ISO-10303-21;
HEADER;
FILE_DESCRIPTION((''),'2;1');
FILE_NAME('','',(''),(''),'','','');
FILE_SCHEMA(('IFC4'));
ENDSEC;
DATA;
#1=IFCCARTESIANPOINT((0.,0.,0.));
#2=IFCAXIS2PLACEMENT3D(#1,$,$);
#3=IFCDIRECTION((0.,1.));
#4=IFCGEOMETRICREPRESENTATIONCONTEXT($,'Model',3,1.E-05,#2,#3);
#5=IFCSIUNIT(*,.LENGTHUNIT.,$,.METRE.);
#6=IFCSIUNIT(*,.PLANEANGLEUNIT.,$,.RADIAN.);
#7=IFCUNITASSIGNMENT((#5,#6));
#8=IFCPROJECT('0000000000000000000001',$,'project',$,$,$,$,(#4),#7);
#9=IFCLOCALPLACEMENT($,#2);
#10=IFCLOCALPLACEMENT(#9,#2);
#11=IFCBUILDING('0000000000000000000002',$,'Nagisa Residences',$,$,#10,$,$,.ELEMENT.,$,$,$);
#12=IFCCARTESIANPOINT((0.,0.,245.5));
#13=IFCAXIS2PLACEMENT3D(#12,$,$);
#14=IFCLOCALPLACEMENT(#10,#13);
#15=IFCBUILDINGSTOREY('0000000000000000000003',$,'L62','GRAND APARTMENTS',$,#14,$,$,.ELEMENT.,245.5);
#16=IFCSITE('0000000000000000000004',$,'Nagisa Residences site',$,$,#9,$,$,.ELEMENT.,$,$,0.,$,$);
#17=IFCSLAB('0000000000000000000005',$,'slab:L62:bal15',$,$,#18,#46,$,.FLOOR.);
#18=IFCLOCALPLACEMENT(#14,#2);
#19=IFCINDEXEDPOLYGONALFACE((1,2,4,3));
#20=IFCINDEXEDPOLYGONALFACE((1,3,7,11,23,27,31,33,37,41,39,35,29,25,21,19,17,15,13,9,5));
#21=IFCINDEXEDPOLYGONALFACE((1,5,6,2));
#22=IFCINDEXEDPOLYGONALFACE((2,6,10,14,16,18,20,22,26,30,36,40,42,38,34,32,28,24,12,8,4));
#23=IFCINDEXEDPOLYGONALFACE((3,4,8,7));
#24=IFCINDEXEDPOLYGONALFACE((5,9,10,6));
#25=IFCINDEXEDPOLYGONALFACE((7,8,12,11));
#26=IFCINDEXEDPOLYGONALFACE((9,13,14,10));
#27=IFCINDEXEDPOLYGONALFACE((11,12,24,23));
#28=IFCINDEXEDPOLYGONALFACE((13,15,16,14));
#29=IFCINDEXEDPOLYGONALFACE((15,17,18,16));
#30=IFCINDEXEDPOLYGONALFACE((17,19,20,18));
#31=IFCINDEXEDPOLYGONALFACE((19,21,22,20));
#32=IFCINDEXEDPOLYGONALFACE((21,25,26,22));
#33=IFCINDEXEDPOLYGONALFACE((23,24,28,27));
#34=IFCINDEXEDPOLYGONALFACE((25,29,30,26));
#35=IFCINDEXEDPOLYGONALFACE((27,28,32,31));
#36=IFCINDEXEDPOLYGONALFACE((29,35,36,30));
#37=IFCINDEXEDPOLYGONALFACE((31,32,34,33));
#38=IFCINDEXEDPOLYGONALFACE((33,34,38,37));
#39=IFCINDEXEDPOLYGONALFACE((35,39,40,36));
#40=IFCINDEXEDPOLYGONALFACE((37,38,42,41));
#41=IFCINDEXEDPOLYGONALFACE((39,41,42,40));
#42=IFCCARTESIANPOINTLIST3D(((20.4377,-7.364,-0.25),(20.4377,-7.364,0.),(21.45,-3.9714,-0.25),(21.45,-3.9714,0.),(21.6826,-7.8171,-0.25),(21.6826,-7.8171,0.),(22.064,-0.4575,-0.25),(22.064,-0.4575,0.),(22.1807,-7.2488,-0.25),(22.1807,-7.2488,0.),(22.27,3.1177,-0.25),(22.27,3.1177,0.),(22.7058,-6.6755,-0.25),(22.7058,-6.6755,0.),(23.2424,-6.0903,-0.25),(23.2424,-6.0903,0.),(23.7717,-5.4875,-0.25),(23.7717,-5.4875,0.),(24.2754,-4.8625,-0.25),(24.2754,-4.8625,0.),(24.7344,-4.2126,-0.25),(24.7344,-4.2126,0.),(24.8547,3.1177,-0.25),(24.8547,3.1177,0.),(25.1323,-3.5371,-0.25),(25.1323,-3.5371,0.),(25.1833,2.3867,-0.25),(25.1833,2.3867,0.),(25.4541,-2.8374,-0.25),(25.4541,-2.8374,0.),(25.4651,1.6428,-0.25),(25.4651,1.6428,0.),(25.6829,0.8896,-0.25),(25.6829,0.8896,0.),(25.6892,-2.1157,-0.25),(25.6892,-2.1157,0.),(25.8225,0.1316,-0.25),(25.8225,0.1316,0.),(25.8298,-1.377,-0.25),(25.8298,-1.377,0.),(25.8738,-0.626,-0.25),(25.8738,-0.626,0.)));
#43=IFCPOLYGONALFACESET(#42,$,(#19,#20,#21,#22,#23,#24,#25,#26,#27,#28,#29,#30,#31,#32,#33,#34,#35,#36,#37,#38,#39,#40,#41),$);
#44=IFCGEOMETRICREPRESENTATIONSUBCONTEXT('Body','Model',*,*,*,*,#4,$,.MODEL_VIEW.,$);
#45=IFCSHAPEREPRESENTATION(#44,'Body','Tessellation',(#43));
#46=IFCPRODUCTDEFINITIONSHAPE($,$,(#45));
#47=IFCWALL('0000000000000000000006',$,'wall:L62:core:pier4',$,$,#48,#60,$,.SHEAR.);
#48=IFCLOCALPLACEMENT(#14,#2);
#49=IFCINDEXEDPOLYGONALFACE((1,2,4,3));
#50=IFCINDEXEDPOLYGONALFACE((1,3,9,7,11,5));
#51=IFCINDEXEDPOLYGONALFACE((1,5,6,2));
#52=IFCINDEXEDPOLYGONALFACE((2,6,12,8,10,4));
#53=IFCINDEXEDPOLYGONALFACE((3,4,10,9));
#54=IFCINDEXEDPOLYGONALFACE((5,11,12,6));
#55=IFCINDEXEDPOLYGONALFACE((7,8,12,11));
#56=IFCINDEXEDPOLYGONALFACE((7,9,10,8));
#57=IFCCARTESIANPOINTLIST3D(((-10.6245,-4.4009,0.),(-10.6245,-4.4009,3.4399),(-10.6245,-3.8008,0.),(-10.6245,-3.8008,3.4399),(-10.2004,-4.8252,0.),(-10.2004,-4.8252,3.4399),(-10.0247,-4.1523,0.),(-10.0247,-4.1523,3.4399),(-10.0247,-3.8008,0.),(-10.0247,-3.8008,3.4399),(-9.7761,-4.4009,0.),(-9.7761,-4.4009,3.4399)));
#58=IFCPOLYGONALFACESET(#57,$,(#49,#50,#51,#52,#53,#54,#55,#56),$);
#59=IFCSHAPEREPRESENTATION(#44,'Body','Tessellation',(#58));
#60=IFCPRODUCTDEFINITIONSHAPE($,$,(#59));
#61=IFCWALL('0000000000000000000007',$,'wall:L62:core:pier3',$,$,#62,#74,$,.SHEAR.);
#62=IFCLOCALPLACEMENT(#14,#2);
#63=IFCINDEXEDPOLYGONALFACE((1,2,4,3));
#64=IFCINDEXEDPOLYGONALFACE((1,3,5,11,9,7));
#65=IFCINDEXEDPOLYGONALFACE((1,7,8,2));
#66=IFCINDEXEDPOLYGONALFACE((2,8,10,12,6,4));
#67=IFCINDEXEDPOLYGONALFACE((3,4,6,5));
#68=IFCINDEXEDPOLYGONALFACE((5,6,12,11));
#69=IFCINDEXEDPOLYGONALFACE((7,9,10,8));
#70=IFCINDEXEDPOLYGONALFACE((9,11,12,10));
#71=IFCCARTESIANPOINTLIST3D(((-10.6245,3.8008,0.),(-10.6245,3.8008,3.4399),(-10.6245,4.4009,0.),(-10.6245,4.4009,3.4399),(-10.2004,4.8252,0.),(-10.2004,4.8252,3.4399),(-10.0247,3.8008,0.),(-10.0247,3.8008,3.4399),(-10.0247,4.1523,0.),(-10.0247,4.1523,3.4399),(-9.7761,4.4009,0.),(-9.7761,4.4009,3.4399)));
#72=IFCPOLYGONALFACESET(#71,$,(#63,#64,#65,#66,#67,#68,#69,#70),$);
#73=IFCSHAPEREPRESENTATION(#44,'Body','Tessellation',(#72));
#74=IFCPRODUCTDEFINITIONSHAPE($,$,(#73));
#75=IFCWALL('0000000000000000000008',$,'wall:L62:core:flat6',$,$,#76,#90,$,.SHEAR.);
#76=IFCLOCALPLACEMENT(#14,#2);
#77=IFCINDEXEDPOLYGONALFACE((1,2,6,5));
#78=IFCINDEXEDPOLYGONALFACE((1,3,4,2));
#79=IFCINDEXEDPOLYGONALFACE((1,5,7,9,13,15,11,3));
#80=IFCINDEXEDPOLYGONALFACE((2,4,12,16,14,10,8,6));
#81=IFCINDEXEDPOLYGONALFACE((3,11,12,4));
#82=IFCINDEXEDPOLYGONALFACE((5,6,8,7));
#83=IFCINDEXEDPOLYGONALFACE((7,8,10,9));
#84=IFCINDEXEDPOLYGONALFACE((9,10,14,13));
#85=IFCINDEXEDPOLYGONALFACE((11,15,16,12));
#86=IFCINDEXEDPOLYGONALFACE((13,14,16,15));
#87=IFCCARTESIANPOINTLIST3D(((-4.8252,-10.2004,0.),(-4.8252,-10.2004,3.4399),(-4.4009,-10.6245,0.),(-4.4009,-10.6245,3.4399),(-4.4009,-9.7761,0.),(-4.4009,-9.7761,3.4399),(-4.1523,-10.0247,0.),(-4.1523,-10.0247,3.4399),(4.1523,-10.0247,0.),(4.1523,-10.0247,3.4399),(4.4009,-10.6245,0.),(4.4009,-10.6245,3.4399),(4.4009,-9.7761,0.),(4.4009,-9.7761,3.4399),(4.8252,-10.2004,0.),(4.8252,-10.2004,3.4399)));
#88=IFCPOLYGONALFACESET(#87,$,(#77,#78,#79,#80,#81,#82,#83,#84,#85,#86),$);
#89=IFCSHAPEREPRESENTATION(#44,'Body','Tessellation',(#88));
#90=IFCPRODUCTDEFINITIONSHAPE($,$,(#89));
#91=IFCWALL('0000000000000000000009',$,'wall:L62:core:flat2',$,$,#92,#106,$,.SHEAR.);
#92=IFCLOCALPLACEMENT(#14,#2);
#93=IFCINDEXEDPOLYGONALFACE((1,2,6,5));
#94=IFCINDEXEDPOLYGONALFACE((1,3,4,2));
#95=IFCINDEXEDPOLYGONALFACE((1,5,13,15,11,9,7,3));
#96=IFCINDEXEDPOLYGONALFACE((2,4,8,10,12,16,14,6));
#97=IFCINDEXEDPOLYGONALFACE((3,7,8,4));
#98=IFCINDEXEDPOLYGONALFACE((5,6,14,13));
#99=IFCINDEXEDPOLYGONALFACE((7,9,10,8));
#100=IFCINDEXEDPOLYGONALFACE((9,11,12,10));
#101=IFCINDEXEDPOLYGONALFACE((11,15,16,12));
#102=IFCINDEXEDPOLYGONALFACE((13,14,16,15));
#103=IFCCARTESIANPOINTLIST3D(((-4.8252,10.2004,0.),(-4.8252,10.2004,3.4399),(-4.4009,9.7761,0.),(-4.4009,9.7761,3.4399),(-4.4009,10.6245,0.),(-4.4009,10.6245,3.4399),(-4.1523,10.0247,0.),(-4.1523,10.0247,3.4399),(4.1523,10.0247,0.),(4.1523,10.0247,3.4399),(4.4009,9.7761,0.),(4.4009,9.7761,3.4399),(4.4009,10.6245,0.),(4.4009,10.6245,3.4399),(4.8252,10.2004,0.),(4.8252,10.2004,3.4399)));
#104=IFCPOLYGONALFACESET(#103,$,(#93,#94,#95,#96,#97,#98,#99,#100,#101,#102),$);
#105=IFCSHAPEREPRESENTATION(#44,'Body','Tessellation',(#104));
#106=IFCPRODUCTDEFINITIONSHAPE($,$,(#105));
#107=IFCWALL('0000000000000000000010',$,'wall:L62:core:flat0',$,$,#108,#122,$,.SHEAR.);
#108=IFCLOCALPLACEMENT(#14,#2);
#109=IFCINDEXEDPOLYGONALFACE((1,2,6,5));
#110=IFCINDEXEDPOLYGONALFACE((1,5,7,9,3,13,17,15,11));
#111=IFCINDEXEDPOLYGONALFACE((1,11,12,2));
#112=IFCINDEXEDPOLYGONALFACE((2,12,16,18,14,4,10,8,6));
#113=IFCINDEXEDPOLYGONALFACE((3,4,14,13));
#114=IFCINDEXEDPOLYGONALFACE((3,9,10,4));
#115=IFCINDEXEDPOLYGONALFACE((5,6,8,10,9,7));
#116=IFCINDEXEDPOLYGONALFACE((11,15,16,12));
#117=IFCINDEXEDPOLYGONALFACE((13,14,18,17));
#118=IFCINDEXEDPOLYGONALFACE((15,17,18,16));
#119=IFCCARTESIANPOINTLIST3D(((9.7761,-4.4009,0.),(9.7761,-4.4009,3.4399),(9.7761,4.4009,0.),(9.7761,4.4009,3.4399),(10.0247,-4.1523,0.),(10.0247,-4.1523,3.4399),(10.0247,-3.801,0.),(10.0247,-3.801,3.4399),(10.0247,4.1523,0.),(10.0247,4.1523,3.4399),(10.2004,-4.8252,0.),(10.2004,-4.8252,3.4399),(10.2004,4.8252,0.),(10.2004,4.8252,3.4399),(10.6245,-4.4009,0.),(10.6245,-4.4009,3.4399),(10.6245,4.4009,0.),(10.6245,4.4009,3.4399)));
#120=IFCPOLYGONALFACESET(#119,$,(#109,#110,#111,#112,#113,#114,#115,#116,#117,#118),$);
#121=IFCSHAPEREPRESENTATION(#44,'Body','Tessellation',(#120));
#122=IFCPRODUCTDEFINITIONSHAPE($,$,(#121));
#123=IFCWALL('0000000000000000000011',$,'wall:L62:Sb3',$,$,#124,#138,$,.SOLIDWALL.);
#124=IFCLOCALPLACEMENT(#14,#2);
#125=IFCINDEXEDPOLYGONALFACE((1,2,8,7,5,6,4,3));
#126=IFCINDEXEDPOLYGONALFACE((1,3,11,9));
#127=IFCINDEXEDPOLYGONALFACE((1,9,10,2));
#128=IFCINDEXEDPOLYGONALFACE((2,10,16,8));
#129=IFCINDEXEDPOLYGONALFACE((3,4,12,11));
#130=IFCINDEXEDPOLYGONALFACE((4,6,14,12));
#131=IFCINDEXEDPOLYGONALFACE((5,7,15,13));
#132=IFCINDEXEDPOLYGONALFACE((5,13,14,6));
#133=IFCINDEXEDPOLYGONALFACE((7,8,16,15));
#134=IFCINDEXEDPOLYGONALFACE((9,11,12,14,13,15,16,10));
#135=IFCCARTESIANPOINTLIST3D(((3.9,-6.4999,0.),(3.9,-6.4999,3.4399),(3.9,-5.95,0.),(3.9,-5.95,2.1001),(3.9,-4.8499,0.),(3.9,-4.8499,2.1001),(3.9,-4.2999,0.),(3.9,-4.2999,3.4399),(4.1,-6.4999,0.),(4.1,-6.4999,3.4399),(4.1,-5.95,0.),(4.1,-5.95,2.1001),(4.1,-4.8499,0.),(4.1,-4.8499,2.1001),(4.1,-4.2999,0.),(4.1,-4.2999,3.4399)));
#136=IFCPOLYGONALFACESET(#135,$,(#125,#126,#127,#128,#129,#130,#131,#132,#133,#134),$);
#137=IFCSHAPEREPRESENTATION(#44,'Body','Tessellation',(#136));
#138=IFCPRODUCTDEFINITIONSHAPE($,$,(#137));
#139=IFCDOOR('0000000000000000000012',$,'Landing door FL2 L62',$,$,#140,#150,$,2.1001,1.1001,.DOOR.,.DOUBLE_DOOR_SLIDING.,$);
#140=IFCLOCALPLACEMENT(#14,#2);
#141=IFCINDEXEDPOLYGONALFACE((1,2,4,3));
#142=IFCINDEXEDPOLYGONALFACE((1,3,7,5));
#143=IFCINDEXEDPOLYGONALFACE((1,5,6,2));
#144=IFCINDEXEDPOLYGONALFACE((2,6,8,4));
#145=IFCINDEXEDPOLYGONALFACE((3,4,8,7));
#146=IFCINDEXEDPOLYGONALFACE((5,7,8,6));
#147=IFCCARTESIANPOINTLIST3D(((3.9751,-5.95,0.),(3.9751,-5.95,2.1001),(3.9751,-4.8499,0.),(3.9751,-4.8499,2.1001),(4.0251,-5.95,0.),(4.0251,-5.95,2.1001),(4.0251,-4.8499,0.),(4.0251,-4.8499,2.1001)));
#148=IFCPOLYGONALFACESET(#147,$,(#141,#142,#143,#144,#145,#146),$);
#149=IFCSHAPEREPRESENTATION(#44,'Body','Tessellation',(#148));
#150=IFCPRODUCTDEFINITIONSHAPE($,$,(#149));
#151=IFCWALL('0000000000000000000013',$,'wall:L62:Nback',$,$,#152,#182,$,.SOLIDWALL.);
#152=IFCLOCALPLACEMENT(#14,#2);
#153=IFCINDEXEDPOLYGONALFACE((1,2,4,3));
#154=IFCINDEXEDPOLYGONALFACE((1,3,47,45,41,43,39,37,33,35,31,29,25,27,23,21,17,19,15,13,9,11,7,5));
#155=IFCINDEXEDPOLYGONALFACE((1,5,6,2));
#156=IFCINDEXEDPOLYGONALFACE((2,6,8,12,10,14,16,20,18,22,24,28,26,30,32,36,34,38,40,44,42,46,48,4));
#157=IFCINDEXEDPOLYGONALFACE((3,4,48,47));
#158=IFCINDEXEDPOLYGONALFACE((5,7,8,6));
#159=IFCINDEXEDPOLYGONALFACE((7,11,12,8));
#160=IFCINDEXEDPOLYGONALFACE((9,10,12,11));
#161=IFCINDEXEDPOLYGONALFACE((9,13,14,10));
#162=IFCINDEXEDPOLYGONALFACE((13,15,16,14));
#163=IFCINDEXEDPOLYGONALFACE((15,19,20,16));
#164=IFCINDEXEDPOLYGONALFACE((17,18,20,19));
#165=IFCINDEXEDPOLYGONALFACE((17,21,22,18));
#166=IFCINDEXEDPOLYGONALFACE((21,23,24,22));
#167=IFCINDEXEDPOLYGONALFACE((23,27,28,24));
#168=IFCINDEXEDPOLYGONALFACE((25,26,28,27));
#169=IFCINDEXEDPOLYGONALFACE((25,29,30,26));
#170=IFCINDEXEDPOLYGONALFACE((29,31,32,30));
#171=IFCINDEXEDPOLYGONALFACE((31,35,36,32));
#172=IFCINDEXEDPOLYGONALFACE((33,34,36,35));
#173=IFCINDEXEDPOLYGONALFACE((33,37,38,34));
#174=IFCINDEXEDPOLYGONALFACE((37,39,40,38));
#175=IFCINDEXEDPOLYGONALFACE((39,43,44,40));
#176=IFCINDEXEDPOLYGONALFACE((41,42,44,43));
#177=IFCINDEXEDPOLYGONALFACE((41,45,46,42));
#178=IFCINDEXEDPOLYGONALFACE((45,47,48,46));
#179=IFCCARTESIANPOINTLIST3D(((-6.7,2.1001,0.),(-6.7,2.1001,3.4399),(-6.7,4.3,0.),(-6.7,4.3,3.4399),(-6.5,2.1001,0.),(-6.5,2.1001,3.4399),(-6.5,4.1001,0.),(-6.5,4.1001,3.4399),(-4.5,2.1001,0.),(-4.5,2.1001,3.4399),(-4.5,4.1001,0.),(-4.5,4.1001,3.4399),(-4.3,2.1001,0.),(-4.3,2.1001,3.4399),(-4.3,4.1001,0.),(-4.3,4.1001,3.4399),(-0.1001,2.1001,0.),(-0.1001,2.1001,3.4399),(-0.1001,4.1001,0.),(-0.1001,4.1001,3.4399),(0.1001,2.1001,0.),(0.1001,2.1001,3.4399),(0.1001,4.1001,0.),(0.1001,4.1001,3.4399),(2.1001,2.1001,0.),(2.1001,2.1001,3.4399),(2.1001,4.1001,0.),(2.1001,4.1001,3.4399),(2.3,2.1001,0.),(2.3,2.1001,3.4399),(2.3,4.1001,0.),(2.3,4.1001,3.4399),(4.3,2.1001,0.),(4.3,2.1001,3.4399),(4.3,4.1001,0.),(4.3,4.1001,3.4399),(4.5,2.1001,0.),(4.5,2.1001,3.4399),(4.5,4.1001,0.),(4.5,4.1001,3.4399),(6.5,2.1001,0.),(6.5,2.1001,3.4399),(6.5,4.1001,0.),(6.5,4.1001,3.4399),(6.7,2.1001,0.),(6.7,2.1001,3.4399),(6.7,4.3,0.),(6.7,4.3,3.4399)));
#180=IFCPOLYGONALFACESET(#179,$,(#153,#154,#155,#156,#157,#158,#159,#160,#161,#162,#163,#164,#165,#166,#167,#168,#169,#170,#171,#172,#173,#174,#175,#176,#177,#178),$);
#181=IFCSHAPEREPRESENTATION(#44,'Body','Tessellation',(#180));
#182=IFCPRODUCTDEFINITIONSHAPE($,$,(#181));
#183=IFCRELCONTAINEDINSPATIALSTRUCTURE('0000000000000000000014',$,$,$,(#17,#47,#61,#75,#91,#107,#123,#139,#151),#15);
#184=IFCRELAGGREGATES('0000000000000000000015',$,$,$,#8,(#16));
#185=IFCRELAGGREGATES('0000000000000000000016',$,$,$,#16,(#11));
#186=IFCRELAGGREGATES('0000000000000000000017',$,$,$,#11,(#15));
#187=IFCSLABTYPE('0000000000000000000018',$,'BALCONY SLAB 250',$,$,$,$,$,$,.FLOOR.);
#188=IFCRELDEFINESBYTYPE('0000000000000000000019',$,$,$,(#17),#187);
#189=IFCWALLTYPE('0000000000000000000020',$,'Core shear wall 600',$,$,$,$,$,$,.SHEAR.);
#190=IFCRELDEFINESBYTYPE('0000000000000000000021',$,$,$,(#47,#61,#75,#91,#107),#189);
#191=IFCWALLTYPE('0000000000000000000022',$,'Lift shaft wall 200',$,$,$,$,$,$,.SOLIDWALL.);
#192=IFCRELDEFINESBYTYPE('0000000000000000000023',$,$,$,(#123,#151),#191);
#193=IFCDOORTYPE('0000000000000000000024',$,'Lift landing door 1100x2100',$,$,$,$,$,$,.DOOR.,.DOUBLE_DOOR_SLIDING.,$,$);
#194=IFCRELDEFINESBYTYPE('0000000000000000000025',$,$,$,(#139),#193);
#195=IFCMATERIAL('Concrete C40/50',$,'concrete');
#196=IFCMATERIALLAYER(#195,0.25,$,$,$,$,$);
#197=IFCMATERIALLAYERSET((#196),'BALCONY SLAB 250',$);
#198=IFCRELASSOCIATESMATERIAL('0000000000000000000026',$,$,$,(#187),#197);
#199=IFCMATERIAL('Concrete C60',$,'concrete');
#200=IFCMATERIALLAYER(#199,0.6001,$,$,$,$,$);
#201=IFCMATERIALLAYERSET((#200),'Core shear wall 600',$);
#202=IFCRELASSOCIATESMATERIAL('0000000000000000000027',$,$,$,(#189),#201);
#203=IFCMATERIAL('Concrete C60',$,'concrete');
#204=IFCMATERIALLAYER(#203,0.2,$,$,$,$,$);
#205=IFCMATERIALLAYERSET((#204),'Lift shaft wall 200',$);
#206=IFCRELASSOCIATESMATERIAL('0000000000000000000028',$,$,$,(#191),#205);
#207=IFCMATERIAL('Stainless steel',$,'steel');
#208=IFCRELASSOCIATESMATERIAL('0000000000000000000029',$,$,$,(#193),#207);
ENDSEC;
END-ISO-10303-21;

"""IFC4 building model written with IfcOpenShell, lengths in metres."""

from ifc_helpers import new_model, si_unit, direction, frame, frame_2d, origin, place, context, subcontext, project, spatial, polyline, rectangle, outline, extrude, material, layer, layer_set, type_object, element, fill, save


model = new_model("IFC4")

# Units and contexts
model_context = context("Model", 3, precision=1e-05, world=origin(), true_north=direction((0.0, 1.0)))
body_context = subcontext(model_context, "Body", "Model", "MODEL_VIEW")
ifc_project = project(units=[si_unit("LENGTHUNIT", "METRE"), si_unit("PLANEANGLEUNIT", "RADIAN")], contexts=[model_context])

# Site, building, storey
site_placement = place(None, origin())
site = spatial("IfcSite", under=ifc_project, at=site_placement, Name="Nagisa Residences site", CompositionType="ELEMENT", RefElevation=0.0)
building_placement = place(site_placement, origin())
building = spatial("IfcBuilding", under=site, at=building_placement, Name="Nagisa Residences", CompositionType="ELEMENT")
storey_placement = place(building_placement, frame((0.0, 0.0, 245.5)))
storey = spatial("IfcBuildingStorey", under=building, at=storey_placement, Name="L62", Description="GRAND APARTMENTS", CompositionType="ELEMENT", Elevation=245.5)

# Slab
ifc_material_1 = material(Name="Concrete C40/50", Category="concrete")
ifc_layer_1 = layer(ifc_material_1, 0.25)
ifc_layer_set_1 = layer_set([ifc_layer_1], Name="BALCONY SLAB 250")
slab_type = type_object("IfcSlabType", Name="BALCONY SLAB 250", PredefinedType="FLOOR", material=ifc_layer_set_1)
slab_1_placement = place(storey_placement, frame((0.0, 0.0, -0.25)))
element("IfcSlab", 1, at=slab_1_placement, inside=storey, type_object=slab_type, Name="slab:L62:bal15", PredefinedType="FLOOR", context=body_context, shape_type="SweptSolid", body=[
    extrude(outline(polyline([(21.6826, -7.8171), (22.1807, -7.2488), (22.7058, -6.6755), (23.2424, -6.0903), (23.7717, -5.4875), (24.2754, -4.8625), (24.7344, -4.2126), (25.1323, -3.5371), (25.4541, -2.8374), (25.6892, -2.1157), (25.8298, -1.377), (25.8738, -0.626), (25.8225, 0.1316), (25.6829, 0.8896), (25.4651, 1.6428), (25.1833, 2.3867), (24.8547, 3.1177), (22.27, 3.1177), (22.064, -0.4575), (21.45, -3.9714), (20.4377, -7.364), (21.6826, -7.8171)])), origin(), (0.0, 0.0, 1.0), 0.25),
])

# Walls
ifc_material_2 = material(Name="Concrete C60", Category="concrete")
ifc_layer_2 = layer(ifc_material_2, 0.6001)
ifc_layer_set_2 = layer_set([ifc_layer_2], Name="Core shear wall 600")
wall_type_1 = type_object("IfcWallType", Name="Core shear wall 600", PredefinedType="SHEAR", material=ifc_layer_set_2)
wall_1_placement = place(storey_placement, origin())
element("IfcWall", 2, at=wall_1_placement, inside=storey, type_object=wall_type_1, Name="wall:L62:core:pier4", PredefinedType="SHEAR", context=body_context, shape_type="SweptSolid", body=[
    extrude(outline(polyline([(-10.6245, -3.8008), (-10.0247, -3.8008), (-10.0247, -4.1523), (-9.7761, -4.4009), (-10.2004, -4.8252), (-10.6245, -4.4009), (-10.6245, -3.8008)])), origin(), (0.0, 0.0, 1.0), 3.4399),
])
wall_2_placement = place(storey_placement, origin())
element("IfcWall", 3, at=wall_2_placement, inside=storey, type_object=wall_type_1, Name="wall:L62:core:pier3", PredefinedType="SHEAR", context=body_context, shape_type="SweptSolid", body=[
    extrude(outline(polyline([(-10.2004, 4.8252), (-9.7761, 4.4009), (-10.0247, 4.1523), (-10.0247, 3.8008), (-10.6245, 3.8008), (-10.6245, 4.4009), (-10.2004, 4.8252)])), origin(), (0.0, 0.0, 1.0), 3.4399),
])
wall_3_placement = place(storey_placement, origin())
element("IfcWall", 4, at=wall_3_placement, inside=storey, type_object=wall_type_1, Name="wall:L62:core:flat6", PredefinedType="SHEAR", context=body_context, shape_type="SweptSolid", body=[
    extrude(outline(polyline([(-4.1523, -10.0247), (4.1523, -10.0247), (4.4009, -9.7761), (4.8252, -10.2004), (4.4009, -10.6245), (-4.4009, -10.6245), (-4.8252, -10.2004), (-4.4009, -9.7761), (-4.1523, -10.0247)])), origin(), (0.0, 0.0, 1.0), 3.4399),
])
wall_4_placement = place(storey_placement, origin())
element("IfcWall", 5, at=wall_4_placement, inside=storey, type_object=wall_type_1, Name="wall:L62:core:flat2", PredefinedType="SHEAR", context=body_context, shape_type="SweptSolid", body=[
    extrude(outline(polyline([(-4.1523, 10.0247), (-4.4009, 9.7761), (-4.8252, 10.2004), (-4.4009, 10.6245), (4.4009, 10.6245), (4.8252, 10.2004), (4.4009, 9.7761), (4.1523, 10.0247), (-4.1523, 10.0247)])), origin(), (0.0, 0.0, 1.0), 3.4399),
])
wall_5_placement = place(storey_placement, origin())
element("IfcWall", 6, at=wall_5_placement, inside=storey, type_object=wall_type_1, Name="wall:L62:core:flat0", PredefinedType="SHEAR", context=body_context, shape_type="SweptSolid", body=[
    extrude(outline(polyline([(9.7761, -4.4009), (10.0247, -4.1523), (10.0247, -3.801), (10.0247, 4.1523), (9.7761, 4.4009), (10.2004, 4.8252), (10.6245, 4.4009), (10.6245, -4.4009), (10.2004, -4.8252), (9.7761, -4.4009)])), origin(), (0.0, 0.0, 1.0), 3.4399),
])

# Wall, opening, door
ifc_material_3 = material(Name="Concrete C60", Category="concrete")
ifc_layer_3 = layer(ifc_material_3, 0.2)
ifc_layer_set_3 = layer_set([ifc_layer_3], Name="Lift shaft wall 200")
wall_type_2 = type_object("IfcWallType", Name="Lift shaft wall 200", PredefinedType="SOLIDWALL", material=ifc_layer_set_3)
wall_6_placement = place(storey_placement, frame((4.0, -6.5, 0.0), z_axis=(0.0, 0.0, 1.0), x_axis=(0.0, 1.0, 0.0)))
wall_6 = element("IfcWall", 7, at=wall_6_placement, inside=storey, type_object=wall_type_2, Name="wall:L62:Sb3", PredefinedType="SOLIDWALL", context=body_context, shape_type="SweptSolid", body=[
    extrude(rectangle(XDim=2.2, YDim=0.2, at=frame_2d((1.1001, 0.0))), origin(), (0.0, 0.0, 1.0), 3.4399),
])
opening_placement = place(wall_6_placement, frame((0.55, 0.0, 0.0)))
opening = element("IfcOpeningElement", 8, at=opening_placement, cuts=wall_6, PredefinedType="OPENING", context=body_context, shape_type="SweptSolid", body=[
    extrude(rectangle(XDim=1.1001, YDim=2.1001, at=frame_2d((0.55, 1.05))), frame((0.0, 0.1099, 0.0), z_axis=(0.0, -1.0, 0.0), x_axis=(1.0, 0.0, 0.0)), (0.0, 0.0, 1.0), 0.22),
])
ifc_material_4 = material(Name="Stainless steel", Category="steel")
door_type = type_object("IfcDoorType", Name="Lift landing door 1100x2100", OperationType="DOUBLE_DOOR_SLIDING", PredefinedType="DOOR", material=ifc_material_4)
door_placement = place(opening_placement, origin())
door = element("IfcDoor", 9, at=door_placement, inside=storey, type_object=door_type, Name="Landing door FL2 L62", OperationType="DOUBLE_DOOR_SLIDING", OverallHeight=2.1001, OverallWidth=1.1001, PredefinedType="DOOR", context=body_context, shape_type="SweptSolid", body=[
    extrude(rectangle(XDim=1.1001, YDim=2.1001, at=frame_2d((0.55, 1.05))), frame((0.0, 0.0249, 0.0), z_axis=(0.0, -1.0, 0.0), x_axis=(1.0, 0.0, 0.0)), (0.0, 0.0, 1.0), 0.05),
])
fill(opening, door)

# Wall
wall_7_placement = place(storey_placement, origin())
element("IfcWall", 10, at=wall_7_placement, inside=storey, type_object=wall_type_2, Name="wall:L62:Nback", PredefinedType="SOLIDWALL", context=body_context, shape_type="SweptSolid", body=[
    extrude(outline(polyline([(-6.7, 4.3), (6.7, 4.3), (6.7, 2.1001), (6.5, 2.1001), (6.5, 4.1001), (4.5, 4.1001), (4.5, 2.1001), (4.3, 2.1001), (4.3, 4.1001), (2.3, 4.1001), (2.3, 2.1001), (2.1001, 2.1001), (2.1001, 4.1001), (0.1001, 4.1001), (0.1001, 2.1001), (-0.1001, 2.1001), (-0.1001, 4.1001), (-4.3, 4.1001), (-4.3, 2.1001), (-4.5, 2.1001), (-4.5, 4.1001), (-6.5, 4.1001), (-6.5, 2.1001), (-6.7, 2.1001), (-6.7, 4.3)])), origin(), (0.0, 0.0, 1.0), 3.4399),
])

save(model, "model.ifc")
